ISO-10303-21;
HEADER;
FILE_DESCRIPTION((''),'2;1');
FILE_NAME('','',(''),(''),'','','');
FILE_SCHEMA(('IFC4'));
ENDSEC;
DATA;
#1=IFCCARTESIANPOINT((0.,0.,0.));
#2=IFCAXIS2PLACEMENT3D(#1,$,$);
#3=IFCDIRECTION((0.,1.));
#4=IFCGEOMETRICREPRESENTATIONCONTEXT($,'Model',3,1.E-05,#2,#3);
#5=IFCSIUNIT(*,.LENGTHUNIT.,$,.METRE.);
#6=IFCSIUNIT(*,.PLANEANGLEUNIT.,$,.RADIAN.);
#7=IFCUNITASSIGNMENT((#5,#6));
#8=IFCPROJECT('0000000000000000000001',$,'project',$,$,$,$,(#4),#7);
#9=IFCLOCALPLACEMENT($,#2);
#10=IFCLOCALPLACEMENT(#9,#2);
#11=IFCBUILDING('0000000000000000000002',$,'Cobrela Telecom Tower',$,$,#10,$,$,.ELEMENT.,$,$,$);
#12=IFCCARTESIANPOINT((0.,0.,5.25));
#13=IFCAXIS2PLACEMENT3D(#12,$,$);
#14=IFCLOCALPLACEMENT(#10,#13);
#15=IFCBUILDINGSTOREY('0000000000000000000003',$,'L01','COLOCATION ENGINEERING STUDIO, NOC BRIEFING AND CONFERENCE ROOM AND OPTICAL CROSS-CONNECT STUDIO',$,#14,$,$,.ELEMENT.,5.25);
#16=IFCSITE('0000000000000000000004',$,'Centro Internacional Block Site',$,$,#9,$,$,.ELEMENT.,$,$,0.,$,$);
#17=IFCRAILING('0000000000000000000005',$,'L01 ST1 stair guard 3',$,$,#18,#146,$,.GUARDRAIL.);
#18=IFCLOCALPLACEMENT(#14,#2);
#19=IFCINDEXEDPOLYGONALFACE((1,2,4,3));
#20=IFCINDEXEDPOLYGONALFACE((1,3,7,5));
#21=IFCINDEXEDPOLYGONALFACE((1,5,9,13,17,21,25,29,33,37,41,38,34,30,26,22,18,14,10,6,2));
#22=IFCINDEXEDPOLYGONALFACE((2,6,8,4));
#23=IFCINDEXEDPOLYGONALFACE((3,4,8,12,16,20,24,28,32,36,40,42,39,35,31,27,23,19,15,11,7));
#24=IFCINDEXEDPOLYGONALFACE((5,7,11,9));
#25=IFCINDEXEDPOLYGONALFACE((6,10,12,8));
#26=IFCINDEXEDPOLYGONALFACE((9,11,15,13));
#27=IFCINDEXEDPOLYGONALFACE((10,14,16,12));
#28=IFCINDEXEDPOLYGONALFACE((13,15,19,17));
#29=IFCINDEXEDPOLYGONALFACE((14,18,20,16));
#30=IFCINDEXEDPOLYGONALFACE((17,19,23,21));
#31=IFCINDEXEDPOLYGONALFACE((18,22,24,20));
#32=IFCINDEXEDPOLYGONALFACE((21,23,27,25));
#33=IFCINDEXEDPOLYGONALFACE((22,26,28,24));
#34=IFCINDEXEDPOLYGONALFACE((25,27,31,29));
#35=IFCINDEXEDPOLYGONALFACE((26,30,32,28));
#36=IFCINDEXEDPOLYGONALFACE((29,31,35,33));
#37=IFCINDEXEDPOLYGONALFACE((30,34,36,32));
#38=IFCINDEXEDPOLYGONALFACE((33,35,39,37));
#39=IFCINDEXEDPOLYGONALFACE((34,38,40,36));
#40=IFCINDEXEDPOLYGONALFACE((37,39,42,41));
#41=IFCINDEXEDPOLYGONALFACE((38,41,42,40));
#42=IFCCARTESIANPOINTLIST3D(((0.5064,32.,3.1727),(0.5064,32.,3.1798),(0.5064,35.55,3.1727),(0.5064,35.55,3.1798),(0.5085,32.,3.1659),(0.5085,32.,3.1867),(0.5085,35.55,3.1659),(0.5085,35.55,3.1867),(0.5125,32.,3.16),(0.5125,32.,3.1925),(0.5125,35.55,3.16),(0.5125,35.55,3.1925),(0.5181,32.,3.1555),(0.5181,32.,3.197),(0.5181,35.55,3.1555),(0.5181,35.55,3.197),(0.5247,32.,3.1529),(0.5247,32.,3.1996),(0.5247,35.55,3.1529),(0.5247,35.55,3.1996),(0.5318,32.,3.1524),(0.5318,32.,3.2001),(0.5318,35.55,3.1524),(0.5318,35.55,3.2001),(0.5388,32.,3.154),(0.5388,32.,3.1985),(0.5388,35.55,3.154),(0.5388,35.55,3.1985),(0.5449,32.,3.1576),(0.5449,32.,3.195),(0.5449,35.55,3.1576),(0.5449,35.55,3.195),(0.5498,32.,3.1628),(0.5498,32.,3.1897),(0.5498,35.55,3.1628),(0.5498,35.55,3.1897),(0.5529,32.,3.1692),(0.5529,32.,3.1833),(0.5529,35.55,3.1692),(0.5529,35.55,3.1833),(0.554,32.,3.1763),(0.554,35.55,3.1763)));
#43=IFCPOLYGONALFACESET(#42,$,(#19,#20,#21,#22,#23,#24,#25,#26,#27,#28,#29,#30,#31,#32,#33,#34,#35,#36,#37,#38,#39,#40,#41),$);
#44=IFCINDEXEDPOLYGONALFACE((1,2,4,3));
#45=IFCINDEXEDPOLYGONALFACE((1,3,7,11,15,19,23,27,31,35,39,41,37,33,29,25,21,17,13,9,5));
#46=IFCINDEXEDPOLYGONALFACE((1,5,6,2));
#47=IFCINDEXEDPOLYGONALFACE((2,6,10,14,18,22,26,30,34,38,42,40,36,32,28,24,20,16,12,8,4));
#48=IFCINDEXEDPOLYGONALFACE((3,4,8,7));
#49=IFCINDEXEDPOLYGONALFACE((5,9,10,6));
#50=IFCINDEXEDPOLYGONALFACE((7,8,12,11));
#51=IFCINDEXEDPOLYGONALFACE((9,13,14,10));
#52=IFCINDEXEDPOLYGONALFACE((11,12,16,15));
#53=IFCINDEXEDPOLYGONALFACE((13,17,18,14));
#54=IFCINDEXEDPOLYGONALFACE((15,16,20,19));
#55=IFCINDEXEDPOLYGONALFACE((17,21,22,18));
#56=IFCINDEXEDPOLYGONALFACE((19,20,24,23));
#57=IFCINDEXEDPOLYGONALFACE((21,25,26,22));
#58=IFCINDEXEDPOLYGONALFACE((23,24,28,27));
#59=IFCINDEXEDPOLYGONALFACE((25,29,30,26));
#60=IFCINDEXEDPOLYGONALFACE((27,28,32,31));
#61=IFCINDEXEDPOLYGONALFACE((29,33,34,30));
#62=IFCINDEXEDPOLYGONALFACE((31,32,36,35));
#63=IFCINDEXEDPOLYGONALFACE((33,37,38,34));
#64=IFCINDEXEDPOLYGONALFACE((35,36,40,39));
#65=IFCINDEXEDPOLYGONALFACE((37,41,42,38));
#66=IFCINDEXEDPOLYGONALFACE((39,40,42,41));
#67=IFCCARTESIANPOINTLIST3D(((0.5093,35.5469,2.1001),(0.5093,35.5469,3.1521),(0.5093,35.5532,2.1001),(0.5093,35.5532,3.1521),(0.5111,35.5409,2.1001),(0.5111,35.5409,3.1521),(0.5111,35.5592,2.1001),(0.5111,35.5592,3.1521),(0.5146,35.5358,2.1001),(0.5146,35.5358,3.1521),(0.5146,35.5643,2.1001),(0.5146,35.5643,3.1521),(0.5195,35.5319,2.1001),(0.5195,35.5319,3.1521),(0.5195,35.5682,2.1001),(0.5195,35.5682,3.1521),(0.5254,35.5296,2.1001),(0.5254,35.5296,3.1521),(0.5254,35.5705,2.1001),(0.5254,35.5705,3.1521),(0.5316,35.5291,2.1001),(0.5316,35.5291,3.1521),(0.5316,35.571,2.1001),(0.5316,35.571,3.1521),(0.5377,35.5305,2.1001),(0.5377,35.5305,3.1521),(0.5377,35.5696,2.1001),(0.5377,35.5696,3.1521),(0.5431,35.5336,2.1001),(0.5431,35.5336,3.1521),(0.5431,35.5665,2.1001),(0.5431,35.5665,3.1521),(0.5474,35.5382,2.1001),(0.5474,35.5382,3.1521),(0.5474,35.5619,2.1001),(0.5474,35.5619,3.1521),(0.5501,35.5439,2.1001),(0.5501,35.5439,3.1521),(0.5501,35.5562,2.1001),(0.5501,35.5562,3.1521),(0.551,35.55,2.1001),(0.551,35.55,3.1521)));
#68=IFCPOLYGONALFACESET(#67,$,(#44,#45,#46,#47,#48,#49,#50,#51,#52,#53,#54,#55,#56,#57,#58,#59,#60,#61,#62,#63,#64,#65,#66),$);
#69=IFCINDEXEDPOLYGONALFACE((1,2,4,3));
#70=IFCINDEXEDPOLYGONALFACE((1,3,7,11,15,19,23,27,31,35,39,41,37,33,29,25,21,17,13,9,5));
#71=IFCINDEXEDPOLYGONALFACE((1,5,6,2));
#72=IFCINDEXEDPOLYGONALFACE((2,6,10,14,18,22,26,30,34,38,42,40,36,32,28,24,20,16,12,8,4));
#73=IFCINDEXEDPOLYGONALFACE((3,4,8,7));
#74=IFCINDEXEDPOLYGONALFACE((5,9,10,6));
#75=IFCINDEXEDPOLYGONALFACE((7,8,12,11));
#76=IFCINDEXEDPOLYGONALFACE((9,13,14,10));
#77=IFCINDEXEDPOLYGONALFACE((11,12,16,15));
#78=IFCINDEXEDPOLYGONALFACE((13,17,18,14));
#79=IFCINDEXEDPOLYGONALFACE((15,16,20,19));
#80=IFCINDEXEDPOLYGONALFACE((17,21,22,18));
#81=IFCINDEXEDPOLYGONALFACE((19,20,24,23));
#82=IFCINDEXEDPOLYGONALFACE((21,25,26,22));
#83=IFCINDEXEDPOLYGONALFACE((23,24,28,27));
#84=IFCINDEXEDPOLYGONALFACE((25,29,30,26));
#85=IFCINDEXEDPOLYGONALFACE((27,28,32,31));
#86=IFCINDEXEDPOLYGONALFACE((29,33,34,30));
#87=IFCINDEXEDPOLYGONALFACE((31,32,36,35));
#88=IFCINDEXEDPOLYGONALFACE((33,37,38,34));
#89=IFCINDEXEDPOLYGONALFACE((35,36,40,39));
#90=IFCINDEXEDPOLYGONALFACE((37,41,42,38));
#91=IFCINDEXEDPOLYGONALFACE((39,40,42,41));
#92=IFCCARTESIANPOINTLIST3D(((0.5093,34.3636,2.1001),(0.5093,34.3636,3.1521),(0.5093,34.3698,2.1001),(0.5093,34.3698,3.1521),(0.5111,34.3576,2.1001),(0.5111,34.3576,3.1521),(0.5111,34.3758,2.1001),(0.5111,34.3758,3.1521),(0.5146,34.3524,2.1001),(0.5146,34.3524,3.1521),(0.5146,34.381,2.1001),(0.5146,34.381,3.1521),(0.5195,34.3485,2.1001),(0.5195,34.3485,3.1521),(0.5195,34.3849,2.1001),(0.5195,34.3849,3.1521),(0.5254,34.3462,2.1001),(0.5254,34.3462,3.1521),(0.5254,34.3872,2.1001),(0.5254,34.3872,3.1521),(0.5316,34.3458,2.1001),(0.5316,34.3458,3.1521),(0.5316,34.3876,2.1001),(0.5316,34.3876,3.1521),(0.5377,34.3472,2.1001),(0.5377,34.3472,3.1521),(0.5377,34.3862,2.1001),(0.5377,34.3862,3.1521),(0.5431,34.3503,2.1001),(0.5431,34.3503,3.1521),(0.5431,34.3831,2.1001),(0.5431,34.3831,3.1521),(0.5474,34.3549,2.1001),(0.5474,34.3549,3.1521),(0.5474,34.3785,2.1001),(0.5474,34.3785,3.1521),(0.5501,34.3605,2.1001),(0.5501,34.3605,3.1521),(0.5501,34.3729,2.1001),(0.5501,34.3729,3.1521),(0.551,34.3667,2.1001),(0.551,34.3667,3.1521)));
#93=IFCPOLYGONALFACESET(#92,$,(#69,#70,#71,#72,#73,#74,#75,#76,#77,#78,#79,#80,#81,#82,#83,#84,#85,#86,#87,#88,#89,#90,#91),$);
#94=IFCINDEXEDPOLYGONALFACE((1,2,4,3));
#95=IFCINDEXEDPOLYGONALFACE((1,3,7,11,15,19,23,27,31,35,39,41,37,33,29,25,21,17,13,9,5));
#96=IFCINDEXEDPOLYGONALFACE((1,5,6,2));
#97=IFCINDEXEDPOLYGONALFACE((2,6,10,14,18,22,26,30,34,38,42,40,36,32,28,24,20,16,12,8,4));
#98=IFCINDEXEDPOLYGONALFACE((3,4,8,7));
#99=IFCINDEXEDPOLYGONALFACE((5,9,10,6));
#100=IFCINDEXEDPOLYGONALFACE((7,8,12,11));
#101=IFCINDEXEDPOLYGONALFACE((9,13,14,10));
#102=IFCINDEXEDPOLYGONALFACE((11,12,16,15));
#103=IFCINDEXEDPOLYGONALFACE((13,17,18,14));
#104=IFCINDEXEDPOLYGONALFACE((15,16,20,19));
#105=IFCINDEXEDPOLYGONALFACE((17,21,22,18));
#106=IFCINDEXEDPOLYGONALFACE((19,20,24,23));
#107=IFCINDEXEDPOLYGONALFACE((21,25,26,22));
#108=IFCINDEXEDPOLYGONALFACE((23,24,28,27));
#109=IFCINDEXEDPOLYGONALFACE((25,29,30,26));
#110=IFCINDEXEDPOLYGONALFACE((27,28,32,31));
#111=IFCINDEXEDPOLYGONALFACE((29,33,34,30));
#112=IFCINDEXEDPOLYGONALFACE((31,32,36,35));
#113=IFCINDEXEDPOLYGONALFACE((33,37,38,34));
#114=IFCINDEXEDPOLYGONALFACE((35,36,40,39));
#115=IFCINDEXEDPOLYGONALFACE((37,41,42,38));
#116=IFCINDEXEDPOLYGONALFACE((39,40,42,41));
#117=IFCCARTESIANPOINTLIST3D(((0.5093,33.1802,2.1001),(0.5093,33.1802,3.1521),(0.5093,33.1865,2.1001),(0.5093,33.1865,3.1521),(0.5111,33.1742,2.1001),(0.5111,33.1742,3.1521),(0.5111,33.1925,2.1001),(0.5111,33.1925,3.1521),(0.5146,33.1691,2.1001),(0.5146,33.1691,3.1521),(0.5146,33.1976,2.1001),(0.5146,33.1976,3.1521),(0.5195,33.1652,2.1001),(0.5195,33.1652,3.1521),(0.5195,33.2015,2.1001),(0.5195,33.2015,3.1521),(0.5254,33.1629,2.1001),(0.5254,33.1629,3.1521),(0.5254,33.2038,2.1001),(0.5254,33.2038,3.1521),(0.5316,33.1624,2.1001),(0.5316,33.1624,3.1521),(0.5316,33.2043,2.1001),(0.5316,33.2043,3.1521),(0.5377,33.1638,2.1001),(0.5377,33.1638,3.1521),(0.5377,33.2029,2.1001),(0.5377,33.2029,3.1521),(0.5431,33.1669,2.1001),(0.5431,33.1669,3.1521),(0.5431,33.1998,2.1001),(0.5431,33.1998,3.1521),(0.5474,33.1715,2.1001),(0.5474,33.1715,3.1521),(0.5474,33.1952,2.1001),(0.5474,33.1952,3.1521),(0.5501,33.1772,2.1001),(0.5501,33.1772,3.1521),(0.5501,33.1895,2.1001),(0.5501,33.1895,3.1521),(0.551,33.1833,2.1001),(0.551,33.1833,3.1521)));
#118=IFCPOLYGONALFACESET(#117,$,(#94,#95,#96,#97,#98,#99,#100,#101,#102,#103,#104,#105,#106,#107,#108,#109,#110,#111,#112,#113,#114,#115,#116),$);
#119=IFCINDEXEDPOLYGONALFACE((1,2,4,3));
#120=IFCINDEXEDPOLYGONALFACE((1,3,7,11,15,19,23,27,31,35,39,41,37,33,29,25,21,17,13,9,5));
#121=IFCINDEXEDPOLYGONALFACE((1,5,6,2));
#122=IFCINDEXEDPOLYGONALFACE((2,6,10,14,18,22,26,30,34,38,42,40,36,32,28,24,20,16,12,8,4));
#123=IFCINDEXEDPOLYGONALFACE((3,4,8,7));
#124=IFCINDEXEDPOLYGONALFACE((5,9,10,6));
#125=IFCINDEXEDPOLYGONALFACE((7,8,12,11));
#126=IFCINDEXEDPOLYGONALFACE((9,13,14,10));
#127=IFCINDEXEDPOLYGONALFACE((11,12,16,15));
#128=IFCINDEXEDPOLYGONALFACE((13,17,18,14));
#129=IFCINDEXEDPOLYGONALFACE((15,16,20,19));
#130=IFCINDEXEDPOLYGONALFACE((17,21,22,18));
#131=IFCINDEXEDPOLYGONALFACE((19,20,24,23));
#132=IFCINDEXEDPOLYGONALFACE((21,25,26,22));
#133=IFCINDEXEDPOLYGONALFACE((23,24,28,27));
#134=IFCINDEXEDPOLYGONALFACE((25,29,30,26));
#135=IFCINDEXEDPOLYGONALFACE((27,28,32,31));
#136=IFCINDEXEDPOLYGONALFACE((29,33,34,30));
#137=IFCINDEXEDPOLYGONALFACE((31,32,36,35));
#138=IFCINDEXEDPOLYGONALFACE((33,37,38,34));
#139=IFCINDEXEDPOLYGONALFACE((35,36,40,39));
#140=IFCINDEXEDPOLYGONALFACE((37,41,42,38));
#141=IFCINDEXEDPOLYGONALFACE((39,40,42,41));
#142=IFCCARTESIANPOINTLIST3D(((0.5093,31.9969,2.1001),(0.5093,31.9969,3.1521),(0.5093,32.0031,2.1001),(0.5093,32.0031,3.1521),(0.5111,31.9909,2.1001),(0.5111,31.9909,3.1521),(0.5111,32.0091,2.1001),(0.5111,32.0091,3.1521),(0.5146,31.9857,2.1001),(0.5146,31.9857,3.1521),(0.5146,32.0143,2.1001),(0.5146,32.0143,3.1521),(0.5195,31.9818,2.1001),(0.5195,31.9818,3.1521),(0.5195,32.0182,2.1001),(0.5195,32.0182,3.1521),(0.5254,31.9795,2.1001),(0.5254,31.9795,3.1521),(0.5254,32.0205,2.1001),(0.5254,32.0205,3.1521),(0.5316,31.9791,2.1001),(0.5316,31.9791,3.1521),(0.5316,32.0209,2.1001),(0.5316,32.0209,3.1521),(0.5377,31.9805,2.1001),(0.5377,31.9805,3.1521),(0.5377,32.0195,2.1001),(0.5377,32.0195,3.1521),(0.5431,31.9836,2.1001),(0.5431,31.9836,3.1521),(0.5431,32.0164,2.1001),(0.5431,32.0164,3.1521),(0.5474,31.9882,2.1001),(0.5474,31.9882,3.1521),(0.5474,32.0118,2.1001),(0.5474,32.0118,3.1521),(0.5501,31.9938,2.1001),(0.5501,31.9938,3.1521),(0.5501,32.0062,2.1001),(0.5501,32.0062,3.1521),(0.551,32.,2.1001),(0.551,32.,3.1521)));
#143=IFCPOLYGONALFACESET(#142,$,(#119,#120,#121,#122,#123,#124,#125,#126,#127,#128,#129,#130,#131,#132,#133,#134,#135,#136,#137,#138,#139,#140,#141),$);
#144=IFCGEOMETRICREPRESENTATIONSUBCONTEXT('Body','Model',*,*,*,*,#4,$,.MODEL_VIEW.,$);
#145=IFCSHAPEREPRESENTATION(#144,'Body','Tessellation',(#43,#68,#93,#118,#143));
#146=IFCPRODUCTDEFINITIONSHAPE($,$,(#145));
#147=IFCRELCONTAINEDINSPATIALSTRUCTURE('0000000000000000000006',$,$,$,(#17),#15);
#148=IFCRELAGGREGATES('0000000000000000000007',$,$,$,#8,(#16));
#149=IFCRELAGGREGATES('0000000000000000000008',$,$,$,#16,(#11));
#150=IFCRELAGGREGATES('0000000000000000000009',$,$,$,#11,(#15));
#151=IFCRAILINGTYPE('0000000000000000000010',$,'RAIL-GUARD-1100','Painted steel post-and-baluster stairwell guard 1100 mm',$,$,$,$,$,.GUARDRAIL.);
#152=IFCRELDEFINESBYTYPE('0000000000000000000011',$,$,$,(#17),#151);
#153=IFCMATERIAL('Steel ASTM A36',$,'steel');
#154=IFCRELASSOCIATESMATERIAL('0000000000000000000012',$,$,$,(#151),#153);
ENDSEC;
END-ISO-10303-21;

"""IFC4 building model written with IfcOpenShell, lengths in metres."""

from ifc_helpers import new_model, si_unit, direction, frame, origin, origin_2d, place, context, subcontext, project, spatial, circle, extrude, material, type_object, element, save


model = new_model("IFC4")

# Units and contexts
model_context = context("Model", 3, precision=1e-05, world=origin(), true_north=direction((0.0, 1.0)))
body_context = subcontext(model_context, "Body", "Model", "MODEL_VIEW")
ifc_project = project(units=[si_unit("LENGTHUNIT", "METRE"), si_unit("PLANEANGLEUNIT", "RADIAN")], contexts=[model_context])

# Site, building, storey
site_placement = place(None, origin())
site = spatial("IfcSite", under=ifc_project, at=site_placement, Name="Centro Internacional Block Site", CompositionType="ELEMENT", RefElevation=0.0)
building_placement = place(site_placement, origin())
building = spatial("IfcBuilding", under=site, at=building_placement, Name="Cobrela Telecom Tower", CompositionType="ELEMENT")
storey_placement = place(building_placement, frame((0.0, 0.0, 5.25)))
storey = spatial("IfcBuildingStorey", under=building, at=storey_placement, Name="L01", Description="COLOCATION ENGINEERING STUDIO, NOC BRIEFING AND CONFERENCE ROOM AND OPTICAL CROSS-CONNECT STUDIO", CompositionType="ELEMENT", Elevation=5.25)

# Shared definitions
ifc_material_1 = material(Name="Steel ASTM A36", Category="steel")

# Railing
railing_type_1 = type_object("IfcRailingType", Name="RAIL-GUARD-1100", Description="Painted steel post-and-baluster stairwell guard 1100 mm", PredefinedType="GUARDRAIL", material=ifc_material_1)
railing_1_placement = place(storey_placement, frame((0.53, 35.55, 2.1001)))
element("IfcRailing", 1, at=railing_1_placement, inside=storey, type_object=railing_type_1, Name="L01 ST1 stair guard 3", PredefinedType="GUARDRAIL", context=body_context, shape_type="SweptSolid", body=[
    extrude(circle(Radius=0.0239, at=origin_2d()), frame((0.0, 0.0, 1.0762), z_axis=(0.0, -1.0, 0.0), x_axis=(1.0, 0.0, 0.0)), (0.0, 0.0, 1.0), 3.55),
    extrude(circle(Radius=0.021, at=origin_2d()), origin(), (0.0, 0.0, 1.0), 1.052),
    extrude(circle(Radius=0.021, at=origin_2d()), frame((0.0, -1.1833, 0.0)), (0.0, 0.0, 1.0), 1.052),
    extrude(circle(Radius=0.021, at=origin_2d()), frame((0.0, -2.3667, 0.0)), (0.0, 0.0, 1.0), 1.052),
    extrude(circle(Radius=0.021, at=origin_2d()), frame((0.0, -3.55, 0.0)), (0.0, 0.0, 1.0), 1.052),
])

save(model, "model.ifc")
